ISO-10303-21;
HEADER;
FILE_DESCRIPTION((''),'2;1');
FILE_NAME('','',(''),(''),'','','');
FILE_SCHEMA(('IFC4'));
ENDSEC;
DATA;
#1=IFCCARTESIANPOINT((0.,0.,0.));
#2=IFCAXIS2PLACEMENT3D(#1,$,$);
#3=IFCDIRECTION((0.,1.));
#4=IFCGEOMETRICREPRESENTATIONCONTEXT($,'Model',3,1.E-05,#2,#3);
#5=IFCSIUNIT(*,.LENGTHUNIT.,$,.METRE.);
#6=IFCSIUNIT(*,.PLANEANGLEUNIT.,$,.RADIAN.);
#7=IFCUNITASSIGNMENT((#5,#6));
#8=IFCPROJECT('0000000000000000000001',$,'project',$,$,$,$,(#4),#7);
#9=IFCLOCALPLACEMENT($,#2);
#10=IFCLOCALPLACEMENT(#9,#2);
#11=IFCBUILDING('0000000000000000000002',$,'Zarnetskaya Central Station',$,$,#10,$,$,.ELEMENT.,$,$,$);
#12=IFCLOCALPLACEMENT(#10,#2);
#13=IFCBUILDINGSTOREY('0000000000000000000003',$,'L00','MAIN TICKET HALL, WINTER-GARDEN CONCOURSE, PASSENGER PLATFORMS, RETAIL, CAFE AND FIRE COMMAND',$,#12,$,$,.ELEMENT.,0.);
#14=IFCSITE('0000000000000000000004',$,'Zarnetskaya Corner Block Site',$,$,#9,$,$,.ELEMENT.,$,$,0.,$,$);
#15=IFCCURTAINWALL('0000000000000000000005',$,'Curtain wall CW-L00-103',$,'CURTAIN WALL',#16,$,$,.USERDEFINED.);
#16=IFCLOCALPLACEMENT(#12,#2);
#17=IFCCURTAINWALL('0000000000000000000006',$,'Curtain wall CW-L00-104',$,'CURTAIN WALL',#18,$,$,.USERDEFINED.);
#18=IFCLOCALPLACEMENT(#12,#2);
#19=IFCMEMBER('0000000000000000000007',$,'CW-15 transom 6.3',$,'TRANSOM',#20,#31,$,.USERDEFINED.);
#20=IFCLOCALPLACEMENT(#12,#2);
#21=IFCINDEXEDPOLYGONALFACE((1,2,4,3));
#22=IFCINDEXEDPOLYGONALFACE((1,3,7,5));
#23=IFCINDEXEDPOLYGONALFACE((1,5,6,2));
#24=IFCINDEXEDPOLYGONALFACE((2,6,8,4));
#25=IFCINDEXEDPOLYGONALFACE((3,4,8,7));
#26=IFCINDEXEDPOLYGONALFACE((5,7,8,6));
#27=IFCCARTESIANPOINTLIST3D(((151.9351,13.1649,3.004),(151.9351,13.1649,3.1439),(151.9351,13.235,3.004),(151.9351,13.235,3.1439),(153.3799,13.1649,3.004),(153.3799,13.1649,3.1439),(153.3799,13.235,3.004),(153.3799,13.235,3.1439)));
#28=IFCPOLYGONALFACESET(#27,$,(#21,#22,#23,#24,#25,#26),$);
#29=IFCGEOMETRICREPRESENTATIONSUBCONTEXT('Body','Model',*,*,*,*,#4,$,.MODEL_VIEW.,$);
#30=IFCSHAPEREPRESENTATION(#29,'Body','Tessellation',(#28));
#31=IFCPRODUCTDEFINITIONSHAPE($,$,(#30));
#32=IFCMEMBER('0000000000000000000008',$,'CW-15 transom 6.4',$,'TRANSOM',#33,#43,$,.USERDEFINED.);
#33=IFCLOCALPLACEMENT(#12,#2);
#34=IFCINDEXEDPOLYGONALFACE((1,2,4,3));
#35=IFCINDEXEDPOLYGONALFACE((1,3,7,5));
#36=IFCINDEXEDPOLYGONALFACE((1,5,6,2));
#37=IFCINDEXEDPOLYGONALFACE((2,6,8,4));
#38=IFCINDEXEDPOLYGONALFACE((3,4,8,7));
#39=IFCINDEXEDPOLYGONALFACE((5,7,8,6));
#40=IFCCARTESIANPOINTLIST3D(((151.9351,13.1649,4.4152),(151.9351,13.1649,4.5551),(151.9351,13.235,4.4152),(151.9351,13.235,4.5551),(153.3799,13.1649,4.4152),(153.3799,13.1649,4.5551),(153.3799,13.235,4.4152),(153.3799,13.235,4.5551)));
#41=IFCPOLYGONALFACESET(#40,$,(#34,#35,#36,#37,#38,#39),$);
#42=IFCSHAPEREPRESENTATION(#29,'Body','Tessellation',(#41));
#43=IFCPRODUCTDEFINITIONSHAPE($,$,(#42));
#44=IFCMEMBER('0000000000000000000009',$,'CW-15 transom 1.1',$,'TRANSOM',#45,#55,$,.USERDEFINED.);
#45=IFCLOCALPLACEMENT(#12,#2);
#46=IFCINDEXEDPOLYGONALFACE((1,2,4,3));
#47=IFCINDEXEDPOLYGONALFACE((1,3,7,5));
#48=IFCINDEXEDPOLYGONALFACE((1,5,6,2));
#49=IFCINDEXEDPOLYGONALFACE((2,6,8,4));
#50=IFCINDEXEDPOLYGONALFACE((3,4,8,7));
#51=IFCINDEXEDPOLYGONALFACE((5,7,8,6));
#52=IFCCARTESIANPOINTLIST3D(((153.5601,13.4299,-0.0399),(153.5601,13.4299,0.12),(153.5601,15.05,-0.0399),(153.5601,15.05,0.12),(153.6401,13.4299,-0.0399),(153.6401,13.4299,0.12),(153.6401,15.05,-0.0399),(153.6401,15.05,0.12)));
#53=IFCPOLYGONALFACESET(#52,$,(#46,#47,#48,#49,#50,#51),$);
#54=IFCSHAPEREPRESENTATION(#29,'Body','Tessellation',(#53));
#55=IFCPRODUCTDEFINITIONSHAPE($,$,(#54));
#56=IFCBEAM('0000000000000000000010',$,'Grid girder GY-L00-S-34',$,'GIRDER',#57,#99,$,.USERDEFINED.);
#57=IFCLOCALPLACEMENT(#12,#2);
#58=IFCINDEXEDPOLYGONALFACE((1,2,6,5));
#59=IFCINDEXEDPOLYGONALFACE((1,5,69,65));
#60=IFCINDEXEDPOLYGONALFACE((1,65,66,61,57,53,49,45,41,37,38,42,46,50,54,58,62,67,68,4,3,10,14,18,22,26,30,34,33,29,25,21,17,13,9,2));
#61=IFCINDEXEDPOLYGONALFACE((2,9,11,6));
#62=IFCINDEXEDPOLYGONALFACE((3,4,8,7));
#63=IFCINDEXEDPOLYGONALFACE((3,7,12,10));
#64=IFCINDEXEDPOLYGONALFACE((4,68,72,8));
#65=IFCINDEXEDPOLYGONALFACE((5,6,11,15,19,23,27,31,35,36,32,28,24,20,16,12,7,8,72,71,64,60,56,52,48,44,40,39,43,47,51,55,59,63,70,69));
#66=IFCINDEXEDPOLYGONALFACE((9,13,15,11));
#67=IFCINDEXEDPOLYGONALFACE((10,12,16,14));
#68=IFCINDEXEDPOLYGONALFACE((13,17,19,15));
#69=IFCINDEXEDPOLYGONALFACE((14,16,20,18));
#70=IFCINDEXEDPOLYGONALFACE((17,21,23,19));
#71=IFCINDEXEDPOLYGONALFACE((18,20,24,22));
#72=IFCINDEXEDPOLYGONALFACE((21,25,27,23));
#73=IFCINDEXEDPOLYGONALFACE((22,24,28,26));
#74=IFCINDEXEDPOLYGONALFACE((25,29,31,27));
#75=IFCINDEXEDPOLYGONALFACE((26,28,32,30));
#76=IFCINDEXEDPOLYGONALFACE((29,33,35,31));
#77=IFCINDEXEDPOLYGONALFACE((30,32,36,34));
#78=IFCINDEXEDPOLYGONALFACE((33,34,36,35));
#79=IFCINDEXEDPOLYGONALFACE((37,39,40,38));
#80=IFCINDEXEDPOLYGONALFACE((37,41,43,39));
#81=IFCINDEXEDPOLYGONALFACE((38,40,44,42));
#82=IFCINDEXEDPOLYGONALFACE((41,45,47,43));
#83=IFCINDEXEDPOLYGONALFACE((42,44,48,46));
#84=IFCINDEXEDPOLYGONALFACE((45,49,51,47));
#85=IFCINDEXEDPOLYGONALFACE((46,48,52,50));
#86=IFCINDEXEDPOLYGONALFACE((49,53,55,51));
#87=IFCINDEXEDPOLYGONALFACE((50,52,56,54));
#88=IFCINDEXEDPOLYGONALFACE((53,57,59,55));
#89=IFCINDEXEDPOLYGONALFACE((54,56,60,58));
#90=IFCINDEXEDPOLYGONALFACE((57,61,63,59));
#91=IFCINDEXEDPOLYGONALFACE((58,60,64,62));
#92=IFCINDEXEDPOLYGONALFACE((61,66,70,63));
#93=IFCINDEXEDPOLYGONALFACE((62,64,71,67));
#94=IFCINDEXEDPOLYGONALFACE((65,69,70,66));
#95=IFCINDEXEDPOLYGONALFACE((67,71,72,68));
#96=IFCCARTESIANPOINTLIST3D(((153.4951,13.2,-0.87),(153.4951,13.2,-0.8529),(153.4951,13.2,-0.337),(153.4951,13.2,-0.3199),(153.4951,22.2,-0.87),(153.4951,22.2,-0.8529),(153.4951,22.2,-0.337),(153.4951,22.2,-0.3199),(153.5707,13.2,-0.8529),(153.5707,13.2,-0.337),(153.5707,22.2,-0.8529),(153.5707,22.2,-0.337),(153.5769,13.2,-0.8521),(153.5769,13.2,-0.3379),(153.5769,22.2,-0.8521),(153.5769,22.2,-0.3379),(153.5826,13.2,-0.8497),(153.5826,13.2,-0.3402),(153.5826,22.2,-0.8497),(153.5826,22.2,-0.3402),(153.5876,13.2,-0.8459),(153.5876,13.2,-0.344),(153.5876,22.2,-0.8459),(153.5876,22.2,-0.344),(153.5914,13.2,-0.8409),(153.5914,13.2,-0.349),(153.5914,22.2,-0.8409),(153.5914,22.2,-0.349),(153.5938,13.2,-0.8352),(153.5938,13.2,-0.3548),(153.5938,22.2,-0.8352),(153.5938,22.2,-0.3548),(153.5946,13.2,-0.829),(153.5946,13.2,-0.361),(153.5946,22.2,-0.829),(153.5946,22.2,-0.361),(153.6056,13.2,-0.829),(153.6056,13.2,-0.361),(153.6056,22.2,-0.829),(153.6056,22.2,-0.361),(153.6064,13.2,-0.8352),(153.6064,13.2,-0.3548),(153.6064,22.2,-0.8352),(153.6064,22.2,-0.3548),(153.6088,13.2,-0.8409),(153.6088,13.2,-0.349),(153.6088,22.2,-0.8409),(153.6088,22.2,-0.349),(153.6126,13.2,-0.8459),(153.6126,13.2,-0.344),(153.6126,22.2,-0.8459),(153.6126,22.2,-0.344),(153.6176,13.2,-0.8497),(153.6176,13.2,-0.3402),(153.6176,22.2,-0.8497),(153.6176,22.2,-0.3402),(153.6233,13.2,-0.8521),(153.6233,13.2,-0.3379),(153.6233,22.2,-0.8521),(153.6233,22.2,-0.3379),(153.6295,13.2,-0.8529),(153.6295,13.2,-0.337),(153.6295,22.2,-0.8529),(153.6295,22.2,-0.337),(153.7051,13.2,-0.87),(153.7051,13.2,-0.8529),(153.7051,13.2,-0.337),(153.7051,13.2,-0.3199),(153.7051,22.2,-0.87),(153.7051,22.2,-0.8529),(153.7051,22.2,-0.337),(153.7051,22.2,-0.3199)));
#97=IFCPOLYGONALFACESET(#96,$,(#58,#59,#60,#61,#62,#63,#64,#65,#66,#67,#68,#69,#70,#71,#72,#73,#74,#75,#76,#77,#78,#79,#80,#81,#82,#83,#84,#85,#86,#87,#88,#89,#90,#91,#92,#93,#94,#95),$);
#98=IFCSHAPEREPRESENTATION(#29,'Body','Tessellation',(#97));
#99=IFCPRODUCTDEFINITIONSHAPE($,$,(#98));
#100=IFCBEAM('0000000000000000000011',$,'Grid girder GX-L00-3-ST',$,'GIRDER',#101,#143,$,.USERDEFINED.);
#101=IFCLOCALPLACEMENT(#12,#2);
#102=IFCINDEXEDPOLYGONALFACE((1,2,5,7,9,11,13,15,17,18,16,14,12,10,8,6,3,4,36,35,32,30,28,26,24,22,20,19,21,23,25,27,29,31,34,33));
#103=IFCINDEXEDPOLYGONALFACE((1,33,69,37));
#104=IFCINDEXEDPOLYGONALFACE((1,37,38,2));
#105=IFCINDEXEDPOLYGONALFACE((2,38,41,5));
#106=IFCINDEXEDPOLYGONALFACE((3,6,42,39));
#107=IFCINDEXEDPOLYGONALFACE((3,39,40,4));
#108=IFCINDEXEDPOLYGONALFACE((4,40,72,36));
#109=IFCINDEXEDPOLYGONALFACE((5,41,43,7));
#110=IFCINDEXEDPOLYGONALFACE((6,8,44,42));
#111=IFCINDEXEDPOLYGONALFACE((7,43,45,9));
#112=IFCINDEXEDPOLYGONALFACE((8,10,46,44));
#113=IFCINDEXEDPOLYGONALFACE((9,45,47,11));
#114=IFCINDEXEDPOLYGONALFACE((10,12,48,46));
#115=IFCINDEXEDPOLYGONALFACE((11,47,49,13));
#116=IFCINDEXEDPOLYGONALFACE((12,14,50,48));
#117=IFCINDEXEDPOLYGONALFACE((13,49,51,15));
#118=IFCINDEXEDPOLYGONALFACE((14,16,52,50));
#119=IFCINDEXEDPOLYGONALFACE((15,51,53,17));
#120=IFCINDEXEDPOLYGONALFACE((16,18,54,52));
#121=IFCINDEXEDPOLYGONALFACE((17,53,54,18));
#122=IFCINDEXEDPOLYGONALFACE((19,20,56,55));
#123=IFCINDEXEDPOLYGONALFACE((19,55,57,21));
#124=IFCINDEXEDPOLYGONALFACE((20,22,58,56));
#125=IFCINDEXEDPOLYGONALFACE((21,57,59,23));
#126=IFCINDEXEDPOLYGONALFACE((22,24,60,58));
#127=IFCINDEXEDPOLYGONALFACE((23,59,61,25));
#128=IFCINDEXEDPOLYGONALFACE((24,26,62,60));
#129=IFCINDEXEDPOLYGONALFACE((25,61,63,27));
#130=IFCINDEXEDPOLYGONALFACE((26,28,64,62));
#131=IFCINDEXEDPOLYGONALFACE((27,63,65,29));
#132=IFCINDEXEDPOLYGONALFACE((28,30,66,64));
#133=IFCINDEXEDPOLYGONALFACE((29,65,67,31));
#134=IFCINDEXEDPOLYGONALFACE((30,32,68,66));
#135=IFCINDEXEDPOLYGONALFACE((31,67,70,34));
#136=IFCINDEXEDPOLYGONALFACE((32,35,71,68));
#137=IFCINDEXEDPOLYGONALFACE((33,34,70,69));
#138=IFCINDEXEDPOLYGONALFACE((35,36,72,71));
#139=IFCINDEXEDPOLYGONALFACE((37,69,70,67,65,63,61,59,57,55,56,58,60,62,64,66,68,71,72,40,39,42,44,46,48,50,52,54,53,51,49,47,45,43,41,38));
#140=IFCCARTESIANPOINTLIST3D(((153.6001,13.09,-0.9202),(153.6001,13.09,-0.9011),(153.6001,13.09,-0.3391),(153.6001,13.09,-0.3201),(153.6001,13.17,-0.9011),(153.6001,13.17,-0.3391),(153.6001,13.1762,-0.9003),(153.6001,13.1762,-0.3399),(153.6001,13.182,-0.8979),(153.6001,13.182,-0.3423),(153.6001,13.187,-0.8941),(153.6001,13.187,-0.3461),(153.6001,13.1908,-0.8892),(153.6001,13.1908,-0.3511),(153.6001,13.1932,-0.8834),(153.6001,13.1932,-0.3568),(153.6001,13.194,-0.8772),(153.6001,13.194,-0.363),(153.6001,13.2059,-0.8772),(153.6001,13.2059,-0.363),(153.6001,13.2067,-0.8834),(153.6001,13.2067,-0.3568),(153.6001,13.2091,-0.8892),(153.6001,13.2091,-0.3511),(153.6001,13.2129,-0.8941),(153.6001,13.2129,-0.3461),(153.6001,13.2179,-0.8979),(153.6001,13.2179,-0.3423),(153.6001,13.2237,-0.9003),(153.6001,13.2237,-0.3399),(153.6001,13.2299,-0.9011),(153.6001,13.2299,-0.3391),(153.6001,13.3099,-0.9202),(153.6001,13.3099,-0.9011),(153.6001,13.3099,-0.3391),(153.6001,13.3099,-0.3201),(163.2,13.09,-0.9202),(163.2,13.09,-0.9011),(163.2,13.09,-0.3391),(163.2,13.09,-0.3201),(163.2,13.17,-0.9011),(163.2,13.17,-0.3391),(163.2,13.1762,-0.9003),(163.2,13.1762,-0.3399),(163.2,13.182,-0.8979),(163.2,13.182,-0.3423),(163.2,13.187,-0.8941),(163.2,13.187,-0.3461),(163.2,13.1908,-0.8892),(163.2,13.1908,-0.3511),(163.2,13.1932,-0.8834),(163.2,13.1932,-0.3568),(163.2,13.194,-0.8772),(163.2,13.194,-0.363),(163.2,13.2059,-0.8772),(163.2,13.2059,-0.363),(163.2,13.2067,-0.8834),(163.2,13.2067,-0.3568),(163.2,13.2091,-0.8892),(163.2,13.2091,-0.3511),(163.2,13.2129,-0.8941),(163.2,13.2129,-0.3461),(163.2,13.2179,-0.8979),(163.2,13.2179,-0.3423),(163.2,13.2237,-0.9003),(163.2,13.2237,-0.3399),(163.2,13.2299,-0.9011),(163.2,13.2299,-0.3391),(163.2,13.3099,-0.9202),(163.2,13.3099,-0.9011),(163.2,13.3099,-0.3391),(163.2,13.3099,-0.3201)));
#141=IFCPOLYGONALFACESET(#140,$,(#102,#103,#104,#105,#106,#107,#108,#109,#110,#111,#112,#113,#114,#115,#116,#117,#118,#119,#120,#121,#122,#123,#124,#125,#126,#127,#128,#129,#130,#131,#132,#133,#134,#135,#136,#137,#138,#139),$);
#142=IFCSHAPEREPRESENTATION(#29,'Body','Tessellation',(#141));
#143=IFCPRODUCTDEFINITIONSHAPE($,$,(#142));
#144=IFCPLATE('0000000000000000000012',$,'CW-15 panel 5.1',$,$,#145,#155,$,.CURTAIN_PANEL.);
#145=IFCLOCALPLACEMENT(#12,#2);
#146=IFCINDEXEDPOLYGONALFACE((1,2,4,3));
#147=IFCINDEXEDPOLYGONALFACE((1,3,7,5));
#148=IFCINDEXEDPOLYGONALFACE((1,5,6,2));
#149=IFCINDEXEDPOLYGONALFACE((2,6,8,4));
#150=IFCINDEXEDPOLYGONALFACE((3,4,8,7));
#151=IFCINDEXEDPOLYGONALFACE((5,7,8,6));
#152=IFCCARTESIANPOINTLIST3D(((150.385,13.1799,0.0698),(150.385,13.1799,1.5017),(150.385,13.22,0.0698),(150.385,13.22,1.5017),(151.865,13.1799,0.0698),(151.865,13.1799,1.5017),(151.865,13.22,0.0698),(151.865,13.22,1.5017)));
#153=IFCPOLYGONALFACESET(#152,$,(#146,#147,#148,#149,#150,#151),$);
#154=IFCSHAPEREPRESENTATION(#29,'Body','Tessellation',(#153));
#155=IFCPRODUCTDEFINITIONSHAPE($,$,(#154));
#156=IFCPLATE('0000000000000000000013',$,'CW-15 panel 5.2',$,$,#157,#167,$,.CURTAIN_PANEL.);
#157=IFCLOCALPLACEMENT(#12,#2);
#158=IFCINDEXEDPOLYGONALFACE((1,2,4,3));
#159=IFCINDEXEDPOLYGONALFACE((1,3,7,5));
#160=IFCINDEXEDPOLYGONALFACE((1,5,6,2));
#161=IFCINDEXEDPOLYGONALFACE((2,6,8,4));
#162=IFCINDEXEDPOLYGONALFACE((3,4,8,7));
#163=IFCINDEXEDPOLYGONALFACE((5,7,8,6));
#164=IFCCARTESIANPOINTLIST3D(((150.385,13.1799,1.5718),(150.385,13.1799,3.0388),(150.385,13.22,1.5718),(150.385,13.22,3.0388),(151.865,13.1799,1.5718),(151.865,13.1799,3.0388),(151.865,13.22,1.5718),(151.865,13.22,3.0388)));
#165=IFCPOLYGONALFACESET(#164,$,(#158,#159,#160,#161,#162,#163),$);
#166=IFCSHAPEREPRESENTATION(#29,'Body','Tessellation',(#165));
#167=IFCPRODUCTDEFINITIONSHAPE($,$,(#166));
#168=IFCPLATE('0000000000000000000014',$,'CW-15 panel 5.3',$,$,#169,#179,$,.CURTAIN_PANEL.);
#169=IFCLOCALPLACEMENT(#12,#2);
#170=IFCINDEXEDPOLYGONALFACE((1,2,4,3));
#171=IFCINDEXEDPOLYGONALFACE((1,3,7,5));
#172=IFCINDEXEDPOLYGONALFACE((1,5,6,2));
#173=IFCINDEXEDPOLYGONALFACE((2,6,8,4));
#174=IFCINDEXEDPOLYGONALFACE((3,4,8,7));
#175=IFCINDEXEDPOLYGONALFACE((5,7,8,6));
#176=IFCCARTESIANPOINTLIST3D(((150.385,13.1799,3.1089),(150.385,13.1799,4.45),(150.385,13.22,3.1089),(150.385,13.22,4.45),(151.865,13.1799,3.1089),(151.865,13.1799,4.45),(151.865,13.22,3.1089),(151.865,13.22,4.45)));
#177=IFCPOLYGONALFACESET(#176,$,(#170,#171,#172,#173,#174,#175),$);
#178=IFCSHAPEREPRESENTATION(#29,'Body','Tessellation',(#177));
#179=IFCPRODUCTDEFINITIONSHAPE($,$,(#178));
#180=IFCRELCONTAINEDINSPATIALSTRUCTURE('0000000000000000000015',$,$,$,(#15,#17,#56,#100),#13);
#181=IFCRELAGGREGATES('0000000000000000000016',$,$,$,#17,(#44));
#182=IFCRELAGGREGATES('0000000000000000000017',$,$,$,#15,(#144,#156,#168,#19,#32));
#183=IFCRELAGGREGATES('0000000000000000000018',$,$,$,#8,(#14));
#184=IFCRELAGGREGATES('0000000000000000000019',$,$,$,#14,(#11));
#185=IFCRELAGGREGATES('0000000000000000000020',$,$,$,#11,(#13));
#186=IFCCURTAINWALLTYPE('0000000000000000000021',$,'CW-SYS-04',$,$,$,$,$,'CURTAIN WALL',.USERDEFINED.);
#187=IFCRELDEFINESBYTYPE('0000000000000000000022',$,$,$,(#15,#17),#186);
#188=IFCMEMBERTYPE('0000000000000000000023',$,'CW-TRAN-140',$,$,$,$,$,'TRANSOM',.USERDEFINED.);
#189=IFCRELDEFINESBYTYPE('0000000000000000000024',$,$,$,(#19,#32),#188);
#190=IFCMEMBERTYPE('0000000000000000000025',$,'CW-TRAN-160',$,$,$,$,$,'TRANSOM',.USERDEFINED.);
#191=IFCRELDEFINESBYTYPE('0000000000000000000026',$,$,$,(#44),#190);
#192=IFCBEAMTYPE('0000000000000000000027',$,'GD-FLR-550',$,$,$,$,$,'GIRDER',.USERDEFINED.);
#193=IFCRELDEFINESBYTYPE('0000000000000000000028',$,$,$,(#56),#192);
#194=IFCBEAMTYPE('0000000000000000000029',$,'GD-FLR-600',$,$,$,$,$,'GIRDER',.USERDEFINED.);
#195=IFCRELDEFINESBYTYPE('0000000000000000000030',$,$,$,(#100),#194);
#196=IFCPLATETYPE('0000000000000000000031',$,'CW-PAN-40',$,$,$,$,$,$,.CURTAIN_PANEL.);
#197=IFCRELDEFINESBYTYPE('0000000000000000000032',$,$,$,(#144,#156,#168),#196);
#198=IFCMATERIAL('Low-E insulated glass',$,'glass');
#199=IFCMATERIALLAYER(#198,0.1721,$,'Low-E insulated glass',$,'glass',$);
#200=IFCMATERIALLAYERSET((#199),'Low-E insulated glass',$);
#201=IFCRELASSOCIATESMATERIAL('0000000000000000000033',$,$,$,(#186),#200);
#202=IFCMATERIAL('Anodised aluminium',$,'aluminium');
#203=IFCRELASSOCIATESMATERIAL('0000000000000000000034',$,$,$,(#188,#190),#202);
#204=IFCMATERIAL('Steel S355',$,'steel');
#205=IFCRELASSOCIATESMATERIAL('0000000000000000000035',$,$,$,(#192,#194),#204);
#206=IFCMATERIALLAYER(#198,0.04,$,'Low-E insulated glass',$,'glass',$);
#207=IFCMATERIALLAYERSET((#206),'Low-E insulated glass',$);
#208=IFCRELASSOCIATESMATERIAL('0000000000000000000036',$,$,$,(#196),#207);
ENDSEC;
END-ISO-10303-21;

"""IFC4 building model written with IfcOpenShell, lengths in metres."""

from ifc_helpers import new_model, si_unit, direction, frame, origin, origin_2d, place, context, subcontext, project, spatial, rectangle, i_section, extrude, material, layer, layer_set, material_profile, profile_set, type_object, element, aggregate, save


model = new_model("IFC4")

# Units and contexts
model_context = context("Model", 3, precision=1e-05, world=origin(), true_north=direction((0.0, 1.0)))
body_context = subcontext(model_context, "Body", "Model", "MODEL_VIEW")
ifc_project = project(units=[si_unit("LENGTHUNIT", "METRE"), si_unit("PLANEANGLEUNIT", "RADIAN")], contexts=[model_context])

# Site, building, storey
site_placement = place(None, origin())
site = spatial("IfcSite", under=ifc_project, at=site_placement, Name="Zarnetskaya Corner Block Site", CompositionType="ELEMENT", RefElevation=0.0)
building_placement = place(site_placement, origin())
building = spatial("IfcBuilding", under=site, at=building_placement, Name="Zarnetskaya Central Station", CompositionType="ELEMENT")
storey_placement = place(building_placement, origin())
storey = spatial("IfcBuildingStorey", under=building, at=storey_placement, Name="L00", Description="MAIN TICKET HALL, WINTER-GARDEN CONCOURSE, PASSENGER PLATFORMS, RETAIL, CAFE AND FIRE COMMAND", CompositionType="ELEMENT", Elevation=0.0)

# Shared definitions
ifc_material_1 = material(Name="Steel S355", Category="steel")

# Curtain wall
ifc_material_2 = material(Name="Low-E insulated glass", Category="glass")
ifc_layer_1 = layer(ifc_material_2, 0.1721, Name="Low-E insulated glass", Category="glass")
ifc_layer_set_1 = layer_set([ifc_layer_1], Name="Low-E insulated glass")
curtain_wall_type = type_object("IfcCurtainWallType", Name="CW-SYS-04", ElementType="CURTAIN WALL", PredefinedType="USERDEFINED", material=ifc_layer_set_1)
curtain_wall_1_placement = place(storey_placement, origin())
curtain_wall_1 = element("IfcCurtainWall", 1, at=curtain_wall_1_placement, inside=storey, type_object=curtain_wall_type, Name="Curtain wall CW-L00-103", ObjectType="CURTAIN WALL", PredefinedType="USERDEFINED")
ifc_material_3 = material(Name="Anodised aluminium", Category="aluminium")

# Curtain wall
curtain_wall_2_placement = place(storey_placement, origin())
curtain_wall_2 = element("IfcCurtainWall", 2, at=curtain_wall_2_placement, inside=storey, type_object=curtain_wall_type, Name="Curtain wall CW-L00-104", ObjectType="CURTAIN WALL", PredefinedType="USERDEFINED")

# Members
ifc_material_profile_1 = material_profile(ifc_material_3, rectangle(XDim=0.0701, YDim=0.1399, at=origin_2d()), Name="ALU TRAN 70x140")
ifc_profile_set_1 = profile_set([ifc_material_profile_1], Name="Anodised aluminium")
member_type_1 = type_object("IfcMemberType", Name="CW-TRAN-140", ElementType="TRANSOM", PredefinedType="USERDEFINED", material=ifc_profile_set_1)
member_1_placement = place(storey_placement, frame((151.9351, 13.2, 3.074), z_axis=(1.0, 0.0, 0.0), x_axis=(0.0, 1.0, 0.0)))
member_1 = element("IfcMember", 3, at=member_1_placement, type_object=member_type_1, Name="CW-15 transom 6.3", ObjectType="TRANSOM", PredefinedType="USERDEFINED", context=body_context, shape_type="SweptSolid", body=[
    extrude(rectangle(XDim=0.0701, YDim=0.1399, at=origin_2d()), origin(), (0.0, 0.0, 1.0), 1.4448),
])
member_2_placement = place(storey_placement, frame((151.9351, 13.2, 4.4851), z_axis=(1.0, 0.0, 0.0), x_axis=(0.0, 1.0, 0.0)))
member_2 = element("IfcMember", 4, at=member_2_placement, type_object=member_type_1, Name="CW-15 transom 6.4", ObjectType="TRANSOM", PredefinedType="USERDEFINED", context=body_context, shape_type="SweptSolid", body=[
    extrude(rectangle(XDim=0.0701, YDim=0.1399, at=origin_2d()), origin(), (0.0, 0.0, 1.0), 1.4448),
])
ifc_material_profile_2 = material_profile(ifc_material_3, rectangle(XDim=0.0801, YDim=0.1599, at=origin_2d()), Name="ALU TRAN 80x160")
ifc_profile_set_2 = profile_set([ifc_material_profile_2], Name="Anodised aluminium")
member_type_2 = type_object("IfcMemberType", Name="CW-TRAN-160", ElementType="TRANSOM", PredefinedType="USERDEFINED", material=ifc_profile_set_2)
member_3_placement = place(storey_placement, frame((153.6001, 13.4299, 0.04), z_axis=(0.0, 1.0, 0.0), x_axis=(-1.0, 0.0, 0.0)))
member_3 = element("IfcMember", 5, at=member_3_placement, type_object=member_type_2, Name="CW-15 transom 1.1", ObjectType="TRANSOM", PredefinedType="USERDEFINED", context=body_context, shape_type="SweptSolid", body=[
    extrude(rectangle(XDim=0.0801, YDim=0.1599, at=origin_2d()), origin(), (0.0, 0.0, 1.0), 1.6201),
])
aggregate(curtain_wall_2, [member_3])

# Beams
ifc_material_profile_3 = material_profile(ifc_material_1, i_section(OverallWidth=0.21, OverallDepth=0.55, WebThickness=0.011, FlangeThickness=0.0171, FilletRadius=0.0239, at=origin_2d()), Name="IPE 550")
ifc_profile_set_3 = profile_set([ifc_material_profile_3], Name="Steel S355")
beam_type_1 = type_object("IfcBeamType", Name="GD-FLR-550", ElementType="GIRDER", PredefinedType="USERDEFINED", material=ifc_profile_set_3)
beam_1_placement = place(storey_placement, frame((153.6001, 13.2, -0.595), z_axis=(0.0, 1.0, 0.0), x_axis=(-1.0, 0.0, 0.0)))
element("IfcBeam", 6, at=beam_1_placement, inside=storey, type_object=beam_type_1, Name="Grid girder GY-L00-S-34", ObjectType="GIRDER", PredefinedType="USERDEFINED", context=body_context, shape_type="SweptSolid", body=[
    extrude(i_section(OverallWidth=0.21, OverallDepth=0.55, WebThickness=0.011, FlangeThickness=0.0171, FilletRadius=0.0239, at=origin_2d()), origin(), (0.0, 0.0, 1.0), 9.0),
])
ifc_material_profile_4 = material_profile(ifc_material_1, i_section(OverallWidth=0.22, OverallDepth=0.6001, WebThickness=0.012, FlangeThickness=0.019, FilletRadius=0.0239, at=origin_2d()), Name="IPE 600")
ifc_profile_set_4 = profile_set([ifc_material_profile_4], Name="Steel S355")
beam_type_2 = type_object("IfcBeamType", Name="GD-FLR-600", ElementType="GIRDER", PredefinedType="USERDEFINED", material=ifc_profile_set_4)
beam_2_placement = place(storey_placement, frame((153.6001, 13.2, -0.6201), z_axis=(1.0, 0.0, 0.0), x_axis=(0.0, 1.0, 0.0)))
element("IfcBeam", 7, at=beam_2_placement, inside=storey, type_object=beam_type_2, Name="Grid girder GX-L00-3-ST", ObjectType="GIRDER", PredefinedType="USERDEFINED", context=body_context, shape_type="SweptSolid", body=[
    extrude(i_section(OverallWidth=0.22, OverallDepth=0.6001, WebThickness=0.012, FlangeThickness=0.019, FilletRadius=0.0239, at=origin_2d()), origin(), (0.0, 0.0, 1.0), 9.5999),
])

# Plates
ifc_layer_2 = layer(ifc_material_2, 0.04, Name="Low-E insulated glass", Category="glass")
ifc_layer_set_2 = layer_set([ifc_layer_2], Name="Low-E insulated glass")
plate_type = type_object("IfcPlateType", Name="CW-PAN-40", PredefinedType="CURTAIN_PANEL", material=ifc_layer_set_2)
plate_1_placement = place(storey_placement, frame((151.125, 13.2, 0.0698), z_axis=(0.0, 0.0, 1.0), x_axis=(1.0, 0.0, 0.0)))
plate_1 = element("IfcPlate", 8, at=plate_1_placement, type_object=plate_type, Name="CW-15 panel 5.1", PredefinedType="CURTAIN_PANEL", context=body_context, shape_type="SweptSolid", body=[
    extrude(rectangle(XDim=1.48, YDim=0.04, at=origin_2d()), origin(), (0.0, 0.0, 1.0), 1.4319),
])
plate_2_placement = place(storey_placement, frame((151.125, 13.2, 1.5718), z_axis=(0.0, 0.0, 1.0), x_axis=(1.0, 0.0, 0.0)))
plate_2 = element("IfcPlate", 9, at=plate_2_placement, type_object=plate_type, Name="CW-15 panel 5.2", PredefinedType="CURTAIN_PANEL", context=body_context, shape_type="SweptSolid", body=[
    extrude(rectangle(XDim=1.48, YDim=0.04, at=origin_2d()), origin(), (0.0, 0.0, 1.0), 1.467),
])
plate_3_placement = place(storey_placement, frame((151.125, 13.2, 3.1089), z_axis=(0.0, 0.0, 1.0), x_axis=(1.0, 0.0, 0.0)))
plate_3 = element("IfcPlate", 10, at=plate_3_placement, type_object=plate_type, Name="CW-15 panel 5.3", PredefinedType="CURTAIN_PANEL", context=body_context, shape_type="SweptSolid", body=[
    extrude(rectangle(XDim=1.48, YDim=0.04, at=origin_2d()), origin(), (0.0, 0.0, 1.0), 1.3411),
])
aggregate(curtain_wall_1, [plate_1, plate_2, plate_3, member_1, member_2])

save(model, "model.ifc")
